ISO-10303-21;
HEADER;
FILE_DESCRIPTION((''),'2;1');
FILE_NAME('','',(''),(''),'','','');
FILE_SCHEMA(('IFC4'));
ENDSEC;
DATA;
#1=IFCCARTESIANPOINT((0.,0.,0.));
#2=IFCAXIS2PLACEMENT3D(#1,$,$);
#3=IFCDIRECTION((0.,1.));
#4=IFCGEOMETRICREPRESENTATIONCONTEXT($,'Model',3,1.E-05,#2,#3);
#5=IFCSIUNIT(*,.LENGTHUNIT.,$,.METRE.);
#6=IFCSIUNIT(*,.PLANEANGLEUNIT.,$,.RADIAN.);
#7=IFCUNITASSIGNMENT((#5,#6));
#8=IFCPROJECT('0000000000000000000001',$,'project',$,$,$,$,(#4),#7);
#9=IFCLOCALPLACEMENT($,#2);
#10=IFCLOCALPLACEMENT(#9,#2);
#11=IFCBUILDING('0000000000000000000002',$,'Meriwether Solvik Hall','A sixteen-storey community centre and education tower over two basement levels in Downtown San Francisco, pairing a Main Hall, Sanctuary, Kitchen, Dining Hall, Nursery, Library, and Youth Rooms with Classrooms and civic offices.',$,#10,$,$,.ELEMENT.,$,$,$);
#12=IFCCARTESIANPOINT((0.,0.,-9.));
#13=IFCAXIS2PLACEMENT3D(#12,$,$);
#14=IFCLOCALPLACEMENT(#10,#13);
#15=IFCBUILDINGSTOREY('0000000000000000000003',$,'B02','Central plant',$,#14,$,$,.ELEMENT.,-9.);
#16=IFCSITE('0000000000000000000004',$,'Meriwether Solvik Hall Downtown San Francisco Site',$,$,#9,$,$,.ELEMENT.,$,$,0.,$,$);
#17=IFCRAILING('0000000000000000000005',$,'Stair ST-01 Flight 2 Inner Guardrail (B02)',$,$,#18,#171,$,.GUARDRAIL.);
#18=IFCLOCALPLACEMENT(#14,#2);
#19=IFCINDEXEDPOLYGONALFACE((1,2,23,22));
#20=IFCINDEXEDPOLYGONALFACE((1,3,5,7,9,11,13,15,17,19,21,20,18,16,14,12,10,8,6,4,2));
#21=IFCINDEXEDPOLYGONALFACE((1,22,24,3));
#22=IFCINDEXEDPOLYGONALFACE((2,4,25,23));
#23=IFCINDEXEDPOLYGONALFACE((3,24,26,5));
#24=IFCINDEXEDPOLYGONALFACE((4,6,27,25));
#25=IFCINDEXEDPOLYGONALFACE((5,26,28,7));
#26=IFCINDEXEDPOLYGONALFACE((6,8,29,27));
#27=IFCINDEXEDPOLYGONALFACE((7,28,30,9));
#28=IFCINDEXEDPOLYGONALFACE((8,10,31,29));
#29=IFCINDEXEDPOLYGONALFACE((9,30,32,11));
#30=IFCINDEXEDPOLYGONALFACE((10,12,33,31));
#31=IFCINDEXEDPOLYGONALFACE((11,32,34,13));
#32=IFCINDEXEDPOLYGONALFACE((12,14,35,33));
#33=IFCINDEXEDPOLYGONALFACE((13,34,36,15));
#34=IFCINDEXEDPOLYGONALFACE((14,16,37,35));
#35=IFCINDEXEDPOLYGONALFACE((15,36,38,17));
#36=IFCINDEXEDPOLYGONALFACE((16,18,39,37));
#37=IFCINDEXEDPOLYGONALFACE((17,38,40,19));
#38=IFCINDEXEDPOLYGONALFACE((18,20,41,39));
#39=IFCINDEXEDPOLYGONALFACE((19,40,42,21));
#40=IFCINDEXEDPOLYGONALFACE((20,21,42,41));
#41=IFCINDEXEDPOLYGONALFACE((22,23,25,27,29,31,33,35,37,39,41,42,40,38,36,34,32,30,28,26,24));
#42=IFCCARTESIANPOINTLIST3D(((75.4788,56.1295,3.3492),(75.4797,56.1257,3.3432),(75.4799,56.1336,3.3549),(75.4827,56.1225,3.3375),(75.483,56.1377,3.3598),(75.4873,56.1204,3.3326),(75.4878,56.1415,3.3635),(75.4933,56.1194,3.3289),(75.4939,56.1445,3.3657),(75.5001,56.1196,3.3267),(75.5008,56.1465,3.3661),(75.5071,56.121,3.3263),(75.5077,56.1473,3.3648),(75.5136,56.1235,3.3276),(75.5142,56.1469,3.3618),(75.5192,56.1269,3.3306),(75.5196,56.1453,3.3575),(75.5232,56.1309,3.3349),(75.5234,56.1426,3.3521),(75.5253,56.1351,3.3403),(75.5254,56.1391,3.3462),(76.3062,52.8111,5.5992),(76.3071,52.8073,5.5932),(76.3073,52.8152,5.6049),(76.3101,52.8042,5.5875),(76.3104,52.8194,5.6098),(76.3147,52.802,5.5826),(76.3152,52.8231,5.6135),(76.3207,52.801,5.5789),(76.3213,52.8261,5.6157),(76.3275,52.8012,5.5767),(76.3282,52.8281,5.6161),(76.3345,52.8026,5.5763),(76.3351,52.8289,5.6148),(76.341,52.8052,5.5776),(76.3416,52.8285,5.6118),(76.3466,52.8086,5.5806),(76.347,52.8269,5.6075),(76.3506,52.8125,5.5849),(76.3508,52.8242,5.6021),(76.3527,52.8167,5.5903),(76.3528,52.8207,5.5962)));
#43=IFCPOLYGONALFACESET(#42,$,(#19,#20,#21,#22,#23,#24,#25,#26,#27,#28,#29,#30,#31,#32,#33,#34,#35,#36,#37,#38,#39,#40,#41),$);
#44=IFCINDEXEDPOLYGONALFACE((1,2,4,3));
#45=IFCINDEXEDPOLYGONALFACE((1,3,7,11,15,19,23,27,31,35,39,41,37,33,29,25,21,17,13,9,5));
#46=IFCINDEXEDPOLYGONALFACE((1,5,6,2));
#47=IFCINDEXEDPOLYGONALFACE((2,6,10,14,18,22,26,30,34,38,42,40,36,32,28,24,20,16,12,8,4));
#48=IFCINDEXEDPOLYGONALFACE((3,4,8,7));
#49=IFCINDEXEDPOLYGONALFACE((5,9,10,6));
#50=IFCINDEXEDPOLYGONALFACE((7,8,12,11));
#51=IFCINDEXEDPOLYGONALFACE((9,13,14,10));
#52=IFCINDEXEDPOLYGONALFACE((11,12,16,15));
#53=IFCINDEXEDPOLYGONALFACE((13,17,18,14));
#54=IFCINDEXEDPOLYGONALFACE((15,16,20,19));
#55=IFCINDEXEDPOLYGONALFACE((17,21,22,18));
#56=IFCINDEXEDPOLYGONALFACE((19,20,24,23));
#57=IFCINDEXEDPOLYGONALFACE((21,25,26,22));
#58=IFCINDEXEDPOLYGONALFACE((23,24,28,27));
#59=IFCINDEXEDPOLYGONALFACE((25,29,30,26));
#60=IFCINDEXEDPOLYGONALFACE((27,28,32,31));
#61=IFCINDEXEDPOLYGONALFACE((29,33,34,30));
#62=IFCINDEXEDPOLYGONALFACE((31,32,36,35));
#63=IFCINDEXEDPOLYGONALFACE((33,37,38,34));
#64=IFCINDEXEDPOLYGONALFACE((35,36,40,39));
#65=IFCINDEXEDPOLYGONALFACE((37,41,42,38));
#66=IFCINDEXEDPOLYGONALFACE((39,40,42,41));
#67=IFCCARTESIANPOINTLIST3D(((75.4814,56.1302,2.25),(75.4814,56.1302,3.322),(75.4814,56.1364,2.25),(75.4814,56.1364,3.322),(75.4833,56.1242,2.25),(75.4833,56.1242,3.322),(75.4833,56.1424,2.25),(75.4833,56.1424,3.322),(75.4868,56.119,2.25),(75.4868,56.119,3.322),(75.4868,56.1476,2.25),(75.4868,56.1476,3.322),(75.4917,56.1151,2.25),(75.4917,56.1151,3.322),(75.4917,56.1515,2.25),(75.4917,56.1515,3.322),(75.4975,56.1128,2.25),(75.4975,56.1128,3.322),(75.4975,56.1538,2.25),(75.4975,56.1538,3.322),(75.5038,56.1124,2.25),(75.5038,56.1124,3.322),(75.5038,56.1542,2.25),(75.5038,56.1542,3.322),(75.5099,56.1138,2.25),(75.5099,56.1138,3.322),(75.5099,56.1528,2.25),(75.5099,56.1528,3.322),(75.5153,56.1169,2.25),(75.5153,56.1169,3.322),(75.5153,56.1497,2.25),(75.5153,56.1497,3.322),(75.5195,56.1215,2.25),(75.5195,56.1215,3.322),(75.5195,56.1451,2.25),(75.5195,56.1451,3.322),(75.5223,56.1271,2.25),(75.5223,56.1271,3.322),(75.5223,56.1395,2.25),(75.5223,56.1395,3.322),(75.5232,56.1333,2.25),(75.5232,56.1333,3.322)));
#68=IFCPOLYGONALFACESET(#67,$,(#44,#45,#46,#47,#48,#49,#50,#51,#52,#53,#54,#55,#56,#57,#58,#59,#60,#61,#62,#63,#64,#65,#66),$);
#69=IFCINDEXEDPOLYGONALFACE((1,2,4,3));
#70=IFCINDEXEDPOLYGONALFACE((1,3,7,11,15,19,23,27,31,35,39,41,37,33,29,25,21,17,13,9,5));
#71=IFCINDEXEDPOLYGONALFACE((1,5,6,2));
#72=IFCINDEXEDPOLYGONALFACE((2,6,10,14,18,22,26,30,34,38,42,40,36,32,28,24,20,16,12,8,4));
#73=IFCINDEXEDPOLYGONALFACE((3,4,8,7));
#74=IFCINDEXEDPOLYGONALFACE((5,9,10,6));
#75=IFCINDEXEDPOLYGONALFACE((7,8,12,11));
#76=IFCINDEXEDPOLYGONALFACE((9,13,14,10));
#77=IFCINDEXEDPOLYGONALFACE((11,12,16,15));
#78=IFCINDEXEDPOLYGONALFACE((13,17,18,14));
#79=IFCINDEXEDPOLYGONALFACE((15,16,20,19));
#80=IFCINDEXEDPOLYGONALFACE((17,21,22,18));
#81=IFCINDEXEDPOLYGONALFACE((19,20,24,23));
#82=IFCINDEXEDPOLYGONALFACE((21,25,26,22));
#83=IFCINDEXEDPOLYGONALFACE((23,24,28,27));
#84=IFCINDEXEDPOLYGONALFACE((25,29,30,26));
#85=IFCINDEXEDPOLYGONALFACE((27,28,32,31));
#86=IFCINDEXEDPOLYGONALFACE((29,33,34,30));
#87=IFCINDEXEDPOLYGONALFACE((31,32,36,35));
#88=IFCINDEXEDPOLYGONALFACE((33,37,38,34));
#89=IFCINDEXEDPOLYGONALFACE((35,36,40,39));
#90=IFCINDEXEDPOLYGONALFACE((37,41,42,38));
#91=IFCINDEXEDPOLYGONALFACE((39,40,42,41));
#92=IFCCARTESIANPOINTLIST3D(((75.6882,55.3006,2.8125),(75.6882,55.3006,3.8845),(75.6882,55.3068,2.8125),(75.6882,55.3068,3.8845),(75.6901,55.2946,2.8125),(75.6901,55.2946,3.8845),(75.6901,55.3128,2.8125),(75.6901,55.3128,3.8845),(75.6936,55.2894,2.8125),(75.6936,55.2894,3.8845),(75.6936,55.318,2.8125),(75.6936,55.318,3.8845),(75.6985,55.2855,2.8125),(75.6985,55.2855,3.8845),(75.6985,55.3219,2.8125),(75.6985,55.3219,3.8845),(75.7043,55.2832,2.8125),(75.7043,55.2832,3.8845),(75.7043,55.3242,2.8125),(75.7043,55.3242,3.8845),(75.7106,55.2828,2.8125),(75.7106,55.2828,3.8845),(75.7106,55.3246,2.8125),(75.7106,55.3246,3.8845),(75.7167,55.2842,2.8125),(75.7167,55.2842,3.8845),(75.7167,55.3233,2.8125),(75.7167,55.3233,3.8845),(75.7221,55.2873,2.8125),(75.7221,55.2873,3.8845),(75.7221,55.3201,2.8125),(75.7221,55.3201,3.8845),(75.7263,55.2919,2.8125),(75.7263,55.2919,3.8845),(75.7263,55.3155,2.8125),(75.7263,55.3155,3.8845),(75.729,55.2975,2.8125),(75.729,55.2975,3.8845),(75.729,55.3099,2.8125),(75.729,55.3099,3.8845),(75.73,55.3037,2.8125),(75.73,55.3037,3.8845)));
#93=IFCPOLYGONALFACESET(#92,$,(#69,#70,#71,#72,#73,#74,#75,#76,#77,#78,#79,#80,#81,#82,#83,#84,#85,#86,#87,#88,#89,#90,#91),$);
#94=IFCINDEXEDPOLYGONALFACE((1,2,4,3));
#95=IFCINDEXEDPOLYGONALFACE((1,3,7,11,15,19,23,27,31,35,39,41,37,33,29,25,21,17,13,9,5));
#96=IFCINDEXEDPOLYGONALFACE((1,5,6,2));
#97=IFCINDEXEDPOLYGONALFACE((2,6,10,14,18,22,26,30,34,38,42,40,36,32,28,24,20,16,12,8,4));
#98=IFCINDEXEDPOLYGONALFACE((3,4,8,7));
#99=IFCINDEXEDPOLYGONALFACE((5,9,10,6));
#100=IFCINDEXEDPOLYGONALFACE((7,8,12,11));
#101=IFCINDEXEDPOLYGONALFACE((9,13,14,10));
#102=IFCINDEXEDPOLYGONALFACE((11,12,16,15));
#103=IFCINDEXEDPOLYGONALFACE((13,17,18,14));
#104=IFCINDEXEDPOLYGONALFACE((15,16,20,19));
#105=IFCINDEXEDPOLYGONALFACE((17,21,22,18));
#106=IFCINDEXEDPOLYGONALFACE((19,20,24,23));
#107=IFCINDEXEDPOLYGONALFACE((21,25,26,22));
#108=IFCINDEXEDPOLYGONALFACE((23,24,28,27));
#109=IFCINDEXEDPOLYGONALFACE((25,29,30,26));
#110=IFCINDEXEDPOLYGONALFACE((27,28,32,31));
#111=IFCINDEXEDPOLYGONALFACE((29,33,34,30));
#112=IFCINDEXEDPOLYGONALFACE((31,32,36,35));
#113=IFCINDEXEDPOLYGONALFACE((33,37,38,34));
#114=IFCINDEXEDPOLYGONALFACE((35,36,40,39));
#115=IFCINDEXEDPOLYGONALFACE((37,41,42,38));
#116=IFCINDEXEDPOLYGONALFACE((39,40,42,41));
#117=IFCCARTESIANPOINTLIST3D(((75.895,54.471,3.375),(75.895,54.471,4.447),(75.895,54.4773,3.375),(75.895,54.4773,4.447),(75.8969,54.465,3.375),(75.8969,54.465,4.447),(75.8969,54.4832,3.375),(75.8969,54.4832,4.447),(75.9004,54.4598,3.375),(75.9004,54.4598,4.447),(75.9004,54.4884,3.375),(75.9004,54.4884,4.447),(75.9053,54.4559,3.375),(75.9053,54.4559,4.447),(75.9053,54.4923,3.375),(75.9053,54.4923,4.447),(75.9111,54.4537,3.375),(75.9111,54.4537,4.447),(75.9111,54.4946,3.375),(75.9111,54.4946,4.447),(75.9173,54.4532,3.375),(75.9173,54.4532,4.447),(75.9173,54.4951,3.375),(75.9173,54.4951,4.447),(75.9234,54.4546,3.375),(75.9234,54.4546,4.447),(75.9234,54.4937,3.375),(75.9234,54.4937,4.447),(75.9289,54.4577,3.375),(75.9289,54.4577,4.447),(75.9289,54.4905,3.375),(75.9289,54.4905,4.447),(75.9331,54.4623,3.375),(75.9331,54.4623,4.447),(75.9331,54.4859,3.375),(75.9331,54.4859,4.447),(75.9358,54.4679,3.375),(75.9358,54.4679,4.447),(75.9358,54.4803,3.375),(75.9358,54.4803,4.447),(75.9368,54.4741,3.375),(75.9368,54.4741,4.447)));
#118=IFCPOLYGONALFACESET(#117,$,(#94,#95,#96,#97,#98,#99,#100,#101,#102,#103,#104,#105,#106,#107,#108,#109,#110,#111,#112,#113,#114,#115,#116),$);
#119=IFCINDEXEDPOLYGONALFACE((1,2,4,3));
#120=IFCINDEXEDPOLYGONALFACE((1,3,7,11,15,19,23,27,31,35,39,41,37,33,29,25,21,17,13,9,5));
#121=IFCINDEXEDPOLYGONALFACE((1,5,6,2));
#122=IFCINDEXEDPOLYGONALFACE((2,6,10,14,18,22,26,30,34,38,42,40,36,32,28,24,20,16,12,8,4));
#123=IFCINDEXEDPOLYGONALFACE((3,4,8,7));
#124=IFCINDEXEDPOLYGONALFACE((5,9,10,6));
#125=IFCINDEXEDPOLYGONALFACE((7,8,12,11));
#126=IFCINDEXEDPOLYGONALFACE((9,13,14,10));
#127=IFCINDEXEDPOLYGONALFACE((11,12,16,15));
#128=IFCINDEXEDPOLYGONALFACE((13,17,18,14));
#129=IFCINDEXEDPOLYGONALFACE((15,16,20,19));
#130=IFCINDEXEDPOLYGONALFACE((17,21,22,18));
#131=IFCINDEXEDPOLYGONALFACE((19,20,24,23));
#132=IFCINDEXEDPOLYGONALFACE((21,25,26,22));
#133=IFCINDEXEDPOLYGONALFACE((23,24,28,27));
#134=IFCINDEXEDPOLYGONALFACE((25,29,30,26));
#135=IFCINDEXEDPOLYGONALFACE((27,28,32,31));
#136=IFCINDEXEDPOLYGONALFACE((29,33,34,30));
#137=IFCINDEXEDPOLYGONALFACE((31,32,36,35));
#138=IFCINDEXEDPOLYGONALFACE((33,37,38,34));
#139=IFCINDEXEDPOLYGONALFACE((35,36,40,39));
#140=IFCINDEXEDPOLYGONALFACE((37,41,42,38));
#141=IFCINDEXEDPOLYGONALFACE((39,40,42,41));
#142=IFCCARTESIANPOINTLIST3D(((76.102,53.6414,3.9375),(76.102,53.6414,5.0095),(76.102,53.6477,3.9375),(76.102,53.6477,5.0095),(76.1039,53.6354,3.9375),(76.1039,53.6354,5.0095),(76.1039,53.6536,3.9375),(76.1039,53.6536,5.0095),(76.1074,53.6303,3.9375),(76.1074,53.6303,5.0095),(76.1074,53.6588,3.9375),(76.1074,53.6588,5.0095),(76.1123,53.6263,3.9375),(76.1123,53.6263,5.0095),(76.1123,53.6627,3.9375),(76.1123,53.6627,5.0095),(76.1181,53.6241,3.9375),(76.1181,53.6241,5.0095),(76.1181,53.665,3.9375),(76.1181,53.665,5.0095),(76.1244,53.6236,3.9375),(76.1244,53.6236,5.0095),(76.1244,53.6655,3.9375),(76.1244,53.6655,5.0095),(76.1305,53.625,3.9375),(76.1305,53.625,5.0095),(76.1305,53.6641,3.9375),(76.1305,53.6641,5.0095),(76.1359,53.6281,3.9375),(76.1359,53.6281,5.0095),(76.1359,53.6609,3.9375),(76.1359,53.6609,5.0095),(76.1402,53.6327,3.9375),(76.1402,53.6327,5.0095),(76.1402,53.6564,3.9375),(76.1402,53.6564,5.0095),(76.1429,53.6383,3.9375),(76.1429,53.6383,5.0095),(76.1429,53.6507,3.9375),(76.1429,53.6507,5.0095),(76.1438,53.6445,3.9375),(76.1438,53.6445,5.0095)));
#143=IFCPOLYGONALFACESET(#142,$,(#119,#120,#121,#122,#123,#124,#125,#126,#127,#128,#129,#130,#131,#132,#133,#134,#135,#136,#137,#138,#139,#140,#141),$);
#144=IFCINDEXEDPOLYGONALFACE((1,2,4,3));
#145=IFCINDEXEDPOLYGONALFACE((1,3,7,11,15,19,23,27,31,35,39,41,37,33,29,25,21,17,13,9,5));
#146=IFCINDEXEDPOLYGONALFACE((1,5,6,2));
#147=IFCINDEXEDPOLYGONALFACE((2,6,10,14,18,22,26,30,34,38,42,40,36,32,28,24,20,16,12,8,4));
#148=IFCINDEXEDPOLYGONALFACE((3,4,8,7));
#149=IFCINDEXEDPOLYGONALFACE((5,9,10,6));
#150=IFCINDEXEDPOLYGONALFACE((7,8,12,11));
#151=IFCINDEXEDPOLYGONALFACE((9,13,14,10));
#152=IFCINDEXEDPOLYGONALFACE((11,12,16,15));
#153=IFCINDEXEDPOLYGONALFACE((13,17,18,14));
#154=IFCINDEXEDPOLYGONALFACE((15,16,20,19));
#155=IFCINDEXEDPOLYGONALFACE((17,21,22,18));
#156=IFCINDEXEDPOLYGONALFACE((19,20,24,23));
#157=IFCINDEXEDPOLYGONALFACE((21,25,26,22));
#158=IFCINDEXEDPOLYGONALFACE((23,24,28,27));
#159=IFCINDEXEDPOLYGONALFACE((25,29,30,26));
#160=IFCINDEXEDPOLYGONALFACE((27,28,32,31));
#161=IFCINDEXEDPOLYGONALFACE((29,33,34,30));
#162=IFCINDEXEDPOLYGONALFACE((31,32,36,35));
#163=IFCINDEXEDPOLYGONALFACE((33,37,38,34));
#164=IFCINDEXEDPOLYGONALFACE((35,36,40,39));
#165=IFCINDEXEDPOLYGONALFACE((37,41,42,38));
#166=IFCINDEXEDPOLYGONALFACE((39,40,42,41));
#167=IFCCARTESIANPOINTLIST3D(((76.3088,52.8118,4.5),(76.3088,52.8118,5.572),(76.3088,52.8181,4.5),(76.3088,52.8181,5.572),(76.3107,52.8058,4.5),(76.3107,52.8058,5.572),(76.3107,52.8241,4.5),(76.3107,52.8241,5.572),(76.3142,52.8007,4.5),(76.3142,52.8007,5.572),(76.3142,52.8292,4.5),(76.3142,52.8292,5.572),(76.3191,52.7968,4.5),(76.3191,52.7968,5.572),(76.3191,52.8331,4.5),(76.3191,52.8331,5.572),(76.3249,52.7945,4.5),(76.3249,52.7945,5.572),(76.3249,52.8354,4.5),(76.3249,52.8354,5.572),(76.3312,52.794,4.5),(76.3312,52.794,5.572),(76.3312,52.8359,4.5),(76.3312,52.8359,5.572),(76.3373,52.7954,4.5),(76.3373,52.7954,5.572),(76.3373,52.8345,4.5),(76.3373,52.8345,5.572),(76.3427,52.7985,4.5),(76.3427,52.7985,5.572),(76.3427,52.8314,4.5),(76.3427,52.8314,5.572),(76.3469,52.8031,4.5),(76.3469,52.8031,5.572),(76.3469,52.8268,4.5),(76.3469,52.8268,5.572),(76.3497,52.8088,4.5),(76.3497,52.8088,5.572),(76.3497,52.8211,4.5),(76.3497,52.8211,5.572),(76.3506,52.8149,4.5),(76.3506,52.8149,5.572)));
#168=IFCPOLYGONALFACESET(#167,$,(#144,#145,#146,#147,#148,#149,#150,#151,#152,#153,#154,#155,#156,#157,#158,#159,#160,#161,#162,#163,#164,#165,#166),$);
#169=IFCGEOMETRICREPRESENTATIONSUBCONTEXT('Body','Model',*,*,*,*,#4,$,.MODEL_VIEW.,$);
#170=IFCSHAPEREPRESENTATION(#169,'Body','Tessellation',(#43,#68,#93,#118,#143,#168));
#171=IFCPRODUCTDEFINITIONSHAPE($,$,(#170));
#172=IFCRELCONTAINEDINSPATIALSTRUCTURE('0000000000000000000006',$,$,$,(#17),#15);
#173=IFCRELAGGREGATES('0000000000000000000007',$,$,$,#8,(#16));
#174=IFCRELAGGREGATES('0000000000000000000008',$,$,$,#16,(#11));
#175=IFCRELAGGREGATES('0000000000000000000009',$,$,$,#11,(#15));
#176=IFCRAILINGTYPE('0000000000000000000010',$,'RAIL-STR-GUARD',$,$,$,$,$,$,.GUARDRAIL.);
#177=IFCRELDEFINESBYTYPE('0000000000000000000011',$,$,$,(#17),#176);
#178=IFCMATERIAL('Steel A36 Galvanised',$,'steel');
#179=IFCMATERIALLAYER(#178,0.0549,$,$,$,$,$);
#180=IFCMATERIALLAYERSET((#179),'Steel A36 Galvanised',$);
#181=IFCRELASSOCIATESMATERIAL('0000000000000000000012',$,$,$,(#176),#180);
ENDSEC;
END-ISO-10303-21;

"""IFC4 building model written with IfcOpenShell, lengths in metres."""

from ifc_helpers import new_model, si_unit, direction, frame, origin, origin_2d, place, context, subcontext, project, spatial, circle, extrude, material, layer, layer_set, type_object, element, save


model = new_model("IFC4")

# Units and contexts
model_context = context("Model", 3, precision=1e-05, world=origin(), true_north=direction((0.0, 1.0)))
body_context = subcontext(model_context, "Body", "Model", "MODEL_VIEW")
ifc_project = project(units=[si_unit("LENGTHUNIT", "METRE"), si_unit("PLANEANGLEUNIT", "RADIAN")], contexts=[model_context])

# Site, building, storey
site_placement = place(None, origin())
site = spatial("IfcSite", under=ifc_project, at=site_placement, Name="Meriwether Solvik Hall Downtown San Francisco Site", CompositionType="ELEMENT", RefElevation=0.0)
building_placement = place(site_placement, origin())
building = spatial("IfcBuilding", under=site, at=building_placement, Name="Meriwether Solvik Hall", Description="A sixteen-storey community centre and education tower over two basement levels in Downtown San Francisco, pairing a Main Hall, Sanctuary, Kitchen, Dining Hall, Nursery, Library, and Youth Rooms with Classrooms and civic offices.", CompositionType="ELEMENT")
storey_placement = place(building_placement, frame((0.0, 0.0, -9.0)))
storey = spatial("IfcBuildingStorey", under=building, at=storey_placement, Name="B02", Description="Central plant", CompositionType="ELEMENT", Elevation=-9.0)

# Railing
ifc_material_1 = material(Name="Steel A36 Galvanised", Category="steel")
ifc_layer_1 = layer(ifc_material_1, 0.0549)
ifc_layer_set_1 = layer_set([ifc_layer_1], Name="Steel A36 Galvanised")
railing_type_1 = type_object("IfcRailingType", Name="RAIL-STR-GUARD", PredefinedType="GUARDRAIL", material=ifc_layer_set_1)
railing_1_placement = place(storey_placement, frame((75.5022, 56.1333, 2.25)))
element("IfcRailing", 1, at=railing_1_placement, inside=storey, type_object=railing_type_1, Name="Stair ST-01 Flight 2 Inner Guardrail (B02)", PredefinedType="GUARDRAIL", context=body_context, shape_type="SweptSolid", body=[
    extrude(circle(Radius=0.0239, at=origin_2d()), frame((0.0, 0.0, 1.0962), z_axis=(0.202112, -0.810596, 0.549622), x_axis=(0.970293, 0.241931, 0.0)), (0.0, 0.0, 1.0), 4.0938),
    extrude(circle(Radius=0.021, at=origin_2d()), origin(), (0.0, 0.0, 1.0), 1.072),
    extrude(circle(Radius=0.021, at=origin_2d()), frame((0.2068, -0.8296, 0.5625)), (0.0, 0.0, 1.0), 1.072),
    extrude(circle(Radius=0.021, at=origin_2d()), frame((0.4136, -1.6592, 1.125)), (0.0, 0.0, 1.0), 1.072),
    extrude(circle(Radius=0.021, at=origin_2d()), frame((0.6206, -2.4888, 1.6875)), (0.0, 0.0, 1.0), 1.072),
    extrude(circle(Radius=0.021, at=origin_2d()), frame((0.8274, -3.3184, 2.25)), (0.0, 0.0, 1.0), 1.072),
])

save(model, "model.ifc")
